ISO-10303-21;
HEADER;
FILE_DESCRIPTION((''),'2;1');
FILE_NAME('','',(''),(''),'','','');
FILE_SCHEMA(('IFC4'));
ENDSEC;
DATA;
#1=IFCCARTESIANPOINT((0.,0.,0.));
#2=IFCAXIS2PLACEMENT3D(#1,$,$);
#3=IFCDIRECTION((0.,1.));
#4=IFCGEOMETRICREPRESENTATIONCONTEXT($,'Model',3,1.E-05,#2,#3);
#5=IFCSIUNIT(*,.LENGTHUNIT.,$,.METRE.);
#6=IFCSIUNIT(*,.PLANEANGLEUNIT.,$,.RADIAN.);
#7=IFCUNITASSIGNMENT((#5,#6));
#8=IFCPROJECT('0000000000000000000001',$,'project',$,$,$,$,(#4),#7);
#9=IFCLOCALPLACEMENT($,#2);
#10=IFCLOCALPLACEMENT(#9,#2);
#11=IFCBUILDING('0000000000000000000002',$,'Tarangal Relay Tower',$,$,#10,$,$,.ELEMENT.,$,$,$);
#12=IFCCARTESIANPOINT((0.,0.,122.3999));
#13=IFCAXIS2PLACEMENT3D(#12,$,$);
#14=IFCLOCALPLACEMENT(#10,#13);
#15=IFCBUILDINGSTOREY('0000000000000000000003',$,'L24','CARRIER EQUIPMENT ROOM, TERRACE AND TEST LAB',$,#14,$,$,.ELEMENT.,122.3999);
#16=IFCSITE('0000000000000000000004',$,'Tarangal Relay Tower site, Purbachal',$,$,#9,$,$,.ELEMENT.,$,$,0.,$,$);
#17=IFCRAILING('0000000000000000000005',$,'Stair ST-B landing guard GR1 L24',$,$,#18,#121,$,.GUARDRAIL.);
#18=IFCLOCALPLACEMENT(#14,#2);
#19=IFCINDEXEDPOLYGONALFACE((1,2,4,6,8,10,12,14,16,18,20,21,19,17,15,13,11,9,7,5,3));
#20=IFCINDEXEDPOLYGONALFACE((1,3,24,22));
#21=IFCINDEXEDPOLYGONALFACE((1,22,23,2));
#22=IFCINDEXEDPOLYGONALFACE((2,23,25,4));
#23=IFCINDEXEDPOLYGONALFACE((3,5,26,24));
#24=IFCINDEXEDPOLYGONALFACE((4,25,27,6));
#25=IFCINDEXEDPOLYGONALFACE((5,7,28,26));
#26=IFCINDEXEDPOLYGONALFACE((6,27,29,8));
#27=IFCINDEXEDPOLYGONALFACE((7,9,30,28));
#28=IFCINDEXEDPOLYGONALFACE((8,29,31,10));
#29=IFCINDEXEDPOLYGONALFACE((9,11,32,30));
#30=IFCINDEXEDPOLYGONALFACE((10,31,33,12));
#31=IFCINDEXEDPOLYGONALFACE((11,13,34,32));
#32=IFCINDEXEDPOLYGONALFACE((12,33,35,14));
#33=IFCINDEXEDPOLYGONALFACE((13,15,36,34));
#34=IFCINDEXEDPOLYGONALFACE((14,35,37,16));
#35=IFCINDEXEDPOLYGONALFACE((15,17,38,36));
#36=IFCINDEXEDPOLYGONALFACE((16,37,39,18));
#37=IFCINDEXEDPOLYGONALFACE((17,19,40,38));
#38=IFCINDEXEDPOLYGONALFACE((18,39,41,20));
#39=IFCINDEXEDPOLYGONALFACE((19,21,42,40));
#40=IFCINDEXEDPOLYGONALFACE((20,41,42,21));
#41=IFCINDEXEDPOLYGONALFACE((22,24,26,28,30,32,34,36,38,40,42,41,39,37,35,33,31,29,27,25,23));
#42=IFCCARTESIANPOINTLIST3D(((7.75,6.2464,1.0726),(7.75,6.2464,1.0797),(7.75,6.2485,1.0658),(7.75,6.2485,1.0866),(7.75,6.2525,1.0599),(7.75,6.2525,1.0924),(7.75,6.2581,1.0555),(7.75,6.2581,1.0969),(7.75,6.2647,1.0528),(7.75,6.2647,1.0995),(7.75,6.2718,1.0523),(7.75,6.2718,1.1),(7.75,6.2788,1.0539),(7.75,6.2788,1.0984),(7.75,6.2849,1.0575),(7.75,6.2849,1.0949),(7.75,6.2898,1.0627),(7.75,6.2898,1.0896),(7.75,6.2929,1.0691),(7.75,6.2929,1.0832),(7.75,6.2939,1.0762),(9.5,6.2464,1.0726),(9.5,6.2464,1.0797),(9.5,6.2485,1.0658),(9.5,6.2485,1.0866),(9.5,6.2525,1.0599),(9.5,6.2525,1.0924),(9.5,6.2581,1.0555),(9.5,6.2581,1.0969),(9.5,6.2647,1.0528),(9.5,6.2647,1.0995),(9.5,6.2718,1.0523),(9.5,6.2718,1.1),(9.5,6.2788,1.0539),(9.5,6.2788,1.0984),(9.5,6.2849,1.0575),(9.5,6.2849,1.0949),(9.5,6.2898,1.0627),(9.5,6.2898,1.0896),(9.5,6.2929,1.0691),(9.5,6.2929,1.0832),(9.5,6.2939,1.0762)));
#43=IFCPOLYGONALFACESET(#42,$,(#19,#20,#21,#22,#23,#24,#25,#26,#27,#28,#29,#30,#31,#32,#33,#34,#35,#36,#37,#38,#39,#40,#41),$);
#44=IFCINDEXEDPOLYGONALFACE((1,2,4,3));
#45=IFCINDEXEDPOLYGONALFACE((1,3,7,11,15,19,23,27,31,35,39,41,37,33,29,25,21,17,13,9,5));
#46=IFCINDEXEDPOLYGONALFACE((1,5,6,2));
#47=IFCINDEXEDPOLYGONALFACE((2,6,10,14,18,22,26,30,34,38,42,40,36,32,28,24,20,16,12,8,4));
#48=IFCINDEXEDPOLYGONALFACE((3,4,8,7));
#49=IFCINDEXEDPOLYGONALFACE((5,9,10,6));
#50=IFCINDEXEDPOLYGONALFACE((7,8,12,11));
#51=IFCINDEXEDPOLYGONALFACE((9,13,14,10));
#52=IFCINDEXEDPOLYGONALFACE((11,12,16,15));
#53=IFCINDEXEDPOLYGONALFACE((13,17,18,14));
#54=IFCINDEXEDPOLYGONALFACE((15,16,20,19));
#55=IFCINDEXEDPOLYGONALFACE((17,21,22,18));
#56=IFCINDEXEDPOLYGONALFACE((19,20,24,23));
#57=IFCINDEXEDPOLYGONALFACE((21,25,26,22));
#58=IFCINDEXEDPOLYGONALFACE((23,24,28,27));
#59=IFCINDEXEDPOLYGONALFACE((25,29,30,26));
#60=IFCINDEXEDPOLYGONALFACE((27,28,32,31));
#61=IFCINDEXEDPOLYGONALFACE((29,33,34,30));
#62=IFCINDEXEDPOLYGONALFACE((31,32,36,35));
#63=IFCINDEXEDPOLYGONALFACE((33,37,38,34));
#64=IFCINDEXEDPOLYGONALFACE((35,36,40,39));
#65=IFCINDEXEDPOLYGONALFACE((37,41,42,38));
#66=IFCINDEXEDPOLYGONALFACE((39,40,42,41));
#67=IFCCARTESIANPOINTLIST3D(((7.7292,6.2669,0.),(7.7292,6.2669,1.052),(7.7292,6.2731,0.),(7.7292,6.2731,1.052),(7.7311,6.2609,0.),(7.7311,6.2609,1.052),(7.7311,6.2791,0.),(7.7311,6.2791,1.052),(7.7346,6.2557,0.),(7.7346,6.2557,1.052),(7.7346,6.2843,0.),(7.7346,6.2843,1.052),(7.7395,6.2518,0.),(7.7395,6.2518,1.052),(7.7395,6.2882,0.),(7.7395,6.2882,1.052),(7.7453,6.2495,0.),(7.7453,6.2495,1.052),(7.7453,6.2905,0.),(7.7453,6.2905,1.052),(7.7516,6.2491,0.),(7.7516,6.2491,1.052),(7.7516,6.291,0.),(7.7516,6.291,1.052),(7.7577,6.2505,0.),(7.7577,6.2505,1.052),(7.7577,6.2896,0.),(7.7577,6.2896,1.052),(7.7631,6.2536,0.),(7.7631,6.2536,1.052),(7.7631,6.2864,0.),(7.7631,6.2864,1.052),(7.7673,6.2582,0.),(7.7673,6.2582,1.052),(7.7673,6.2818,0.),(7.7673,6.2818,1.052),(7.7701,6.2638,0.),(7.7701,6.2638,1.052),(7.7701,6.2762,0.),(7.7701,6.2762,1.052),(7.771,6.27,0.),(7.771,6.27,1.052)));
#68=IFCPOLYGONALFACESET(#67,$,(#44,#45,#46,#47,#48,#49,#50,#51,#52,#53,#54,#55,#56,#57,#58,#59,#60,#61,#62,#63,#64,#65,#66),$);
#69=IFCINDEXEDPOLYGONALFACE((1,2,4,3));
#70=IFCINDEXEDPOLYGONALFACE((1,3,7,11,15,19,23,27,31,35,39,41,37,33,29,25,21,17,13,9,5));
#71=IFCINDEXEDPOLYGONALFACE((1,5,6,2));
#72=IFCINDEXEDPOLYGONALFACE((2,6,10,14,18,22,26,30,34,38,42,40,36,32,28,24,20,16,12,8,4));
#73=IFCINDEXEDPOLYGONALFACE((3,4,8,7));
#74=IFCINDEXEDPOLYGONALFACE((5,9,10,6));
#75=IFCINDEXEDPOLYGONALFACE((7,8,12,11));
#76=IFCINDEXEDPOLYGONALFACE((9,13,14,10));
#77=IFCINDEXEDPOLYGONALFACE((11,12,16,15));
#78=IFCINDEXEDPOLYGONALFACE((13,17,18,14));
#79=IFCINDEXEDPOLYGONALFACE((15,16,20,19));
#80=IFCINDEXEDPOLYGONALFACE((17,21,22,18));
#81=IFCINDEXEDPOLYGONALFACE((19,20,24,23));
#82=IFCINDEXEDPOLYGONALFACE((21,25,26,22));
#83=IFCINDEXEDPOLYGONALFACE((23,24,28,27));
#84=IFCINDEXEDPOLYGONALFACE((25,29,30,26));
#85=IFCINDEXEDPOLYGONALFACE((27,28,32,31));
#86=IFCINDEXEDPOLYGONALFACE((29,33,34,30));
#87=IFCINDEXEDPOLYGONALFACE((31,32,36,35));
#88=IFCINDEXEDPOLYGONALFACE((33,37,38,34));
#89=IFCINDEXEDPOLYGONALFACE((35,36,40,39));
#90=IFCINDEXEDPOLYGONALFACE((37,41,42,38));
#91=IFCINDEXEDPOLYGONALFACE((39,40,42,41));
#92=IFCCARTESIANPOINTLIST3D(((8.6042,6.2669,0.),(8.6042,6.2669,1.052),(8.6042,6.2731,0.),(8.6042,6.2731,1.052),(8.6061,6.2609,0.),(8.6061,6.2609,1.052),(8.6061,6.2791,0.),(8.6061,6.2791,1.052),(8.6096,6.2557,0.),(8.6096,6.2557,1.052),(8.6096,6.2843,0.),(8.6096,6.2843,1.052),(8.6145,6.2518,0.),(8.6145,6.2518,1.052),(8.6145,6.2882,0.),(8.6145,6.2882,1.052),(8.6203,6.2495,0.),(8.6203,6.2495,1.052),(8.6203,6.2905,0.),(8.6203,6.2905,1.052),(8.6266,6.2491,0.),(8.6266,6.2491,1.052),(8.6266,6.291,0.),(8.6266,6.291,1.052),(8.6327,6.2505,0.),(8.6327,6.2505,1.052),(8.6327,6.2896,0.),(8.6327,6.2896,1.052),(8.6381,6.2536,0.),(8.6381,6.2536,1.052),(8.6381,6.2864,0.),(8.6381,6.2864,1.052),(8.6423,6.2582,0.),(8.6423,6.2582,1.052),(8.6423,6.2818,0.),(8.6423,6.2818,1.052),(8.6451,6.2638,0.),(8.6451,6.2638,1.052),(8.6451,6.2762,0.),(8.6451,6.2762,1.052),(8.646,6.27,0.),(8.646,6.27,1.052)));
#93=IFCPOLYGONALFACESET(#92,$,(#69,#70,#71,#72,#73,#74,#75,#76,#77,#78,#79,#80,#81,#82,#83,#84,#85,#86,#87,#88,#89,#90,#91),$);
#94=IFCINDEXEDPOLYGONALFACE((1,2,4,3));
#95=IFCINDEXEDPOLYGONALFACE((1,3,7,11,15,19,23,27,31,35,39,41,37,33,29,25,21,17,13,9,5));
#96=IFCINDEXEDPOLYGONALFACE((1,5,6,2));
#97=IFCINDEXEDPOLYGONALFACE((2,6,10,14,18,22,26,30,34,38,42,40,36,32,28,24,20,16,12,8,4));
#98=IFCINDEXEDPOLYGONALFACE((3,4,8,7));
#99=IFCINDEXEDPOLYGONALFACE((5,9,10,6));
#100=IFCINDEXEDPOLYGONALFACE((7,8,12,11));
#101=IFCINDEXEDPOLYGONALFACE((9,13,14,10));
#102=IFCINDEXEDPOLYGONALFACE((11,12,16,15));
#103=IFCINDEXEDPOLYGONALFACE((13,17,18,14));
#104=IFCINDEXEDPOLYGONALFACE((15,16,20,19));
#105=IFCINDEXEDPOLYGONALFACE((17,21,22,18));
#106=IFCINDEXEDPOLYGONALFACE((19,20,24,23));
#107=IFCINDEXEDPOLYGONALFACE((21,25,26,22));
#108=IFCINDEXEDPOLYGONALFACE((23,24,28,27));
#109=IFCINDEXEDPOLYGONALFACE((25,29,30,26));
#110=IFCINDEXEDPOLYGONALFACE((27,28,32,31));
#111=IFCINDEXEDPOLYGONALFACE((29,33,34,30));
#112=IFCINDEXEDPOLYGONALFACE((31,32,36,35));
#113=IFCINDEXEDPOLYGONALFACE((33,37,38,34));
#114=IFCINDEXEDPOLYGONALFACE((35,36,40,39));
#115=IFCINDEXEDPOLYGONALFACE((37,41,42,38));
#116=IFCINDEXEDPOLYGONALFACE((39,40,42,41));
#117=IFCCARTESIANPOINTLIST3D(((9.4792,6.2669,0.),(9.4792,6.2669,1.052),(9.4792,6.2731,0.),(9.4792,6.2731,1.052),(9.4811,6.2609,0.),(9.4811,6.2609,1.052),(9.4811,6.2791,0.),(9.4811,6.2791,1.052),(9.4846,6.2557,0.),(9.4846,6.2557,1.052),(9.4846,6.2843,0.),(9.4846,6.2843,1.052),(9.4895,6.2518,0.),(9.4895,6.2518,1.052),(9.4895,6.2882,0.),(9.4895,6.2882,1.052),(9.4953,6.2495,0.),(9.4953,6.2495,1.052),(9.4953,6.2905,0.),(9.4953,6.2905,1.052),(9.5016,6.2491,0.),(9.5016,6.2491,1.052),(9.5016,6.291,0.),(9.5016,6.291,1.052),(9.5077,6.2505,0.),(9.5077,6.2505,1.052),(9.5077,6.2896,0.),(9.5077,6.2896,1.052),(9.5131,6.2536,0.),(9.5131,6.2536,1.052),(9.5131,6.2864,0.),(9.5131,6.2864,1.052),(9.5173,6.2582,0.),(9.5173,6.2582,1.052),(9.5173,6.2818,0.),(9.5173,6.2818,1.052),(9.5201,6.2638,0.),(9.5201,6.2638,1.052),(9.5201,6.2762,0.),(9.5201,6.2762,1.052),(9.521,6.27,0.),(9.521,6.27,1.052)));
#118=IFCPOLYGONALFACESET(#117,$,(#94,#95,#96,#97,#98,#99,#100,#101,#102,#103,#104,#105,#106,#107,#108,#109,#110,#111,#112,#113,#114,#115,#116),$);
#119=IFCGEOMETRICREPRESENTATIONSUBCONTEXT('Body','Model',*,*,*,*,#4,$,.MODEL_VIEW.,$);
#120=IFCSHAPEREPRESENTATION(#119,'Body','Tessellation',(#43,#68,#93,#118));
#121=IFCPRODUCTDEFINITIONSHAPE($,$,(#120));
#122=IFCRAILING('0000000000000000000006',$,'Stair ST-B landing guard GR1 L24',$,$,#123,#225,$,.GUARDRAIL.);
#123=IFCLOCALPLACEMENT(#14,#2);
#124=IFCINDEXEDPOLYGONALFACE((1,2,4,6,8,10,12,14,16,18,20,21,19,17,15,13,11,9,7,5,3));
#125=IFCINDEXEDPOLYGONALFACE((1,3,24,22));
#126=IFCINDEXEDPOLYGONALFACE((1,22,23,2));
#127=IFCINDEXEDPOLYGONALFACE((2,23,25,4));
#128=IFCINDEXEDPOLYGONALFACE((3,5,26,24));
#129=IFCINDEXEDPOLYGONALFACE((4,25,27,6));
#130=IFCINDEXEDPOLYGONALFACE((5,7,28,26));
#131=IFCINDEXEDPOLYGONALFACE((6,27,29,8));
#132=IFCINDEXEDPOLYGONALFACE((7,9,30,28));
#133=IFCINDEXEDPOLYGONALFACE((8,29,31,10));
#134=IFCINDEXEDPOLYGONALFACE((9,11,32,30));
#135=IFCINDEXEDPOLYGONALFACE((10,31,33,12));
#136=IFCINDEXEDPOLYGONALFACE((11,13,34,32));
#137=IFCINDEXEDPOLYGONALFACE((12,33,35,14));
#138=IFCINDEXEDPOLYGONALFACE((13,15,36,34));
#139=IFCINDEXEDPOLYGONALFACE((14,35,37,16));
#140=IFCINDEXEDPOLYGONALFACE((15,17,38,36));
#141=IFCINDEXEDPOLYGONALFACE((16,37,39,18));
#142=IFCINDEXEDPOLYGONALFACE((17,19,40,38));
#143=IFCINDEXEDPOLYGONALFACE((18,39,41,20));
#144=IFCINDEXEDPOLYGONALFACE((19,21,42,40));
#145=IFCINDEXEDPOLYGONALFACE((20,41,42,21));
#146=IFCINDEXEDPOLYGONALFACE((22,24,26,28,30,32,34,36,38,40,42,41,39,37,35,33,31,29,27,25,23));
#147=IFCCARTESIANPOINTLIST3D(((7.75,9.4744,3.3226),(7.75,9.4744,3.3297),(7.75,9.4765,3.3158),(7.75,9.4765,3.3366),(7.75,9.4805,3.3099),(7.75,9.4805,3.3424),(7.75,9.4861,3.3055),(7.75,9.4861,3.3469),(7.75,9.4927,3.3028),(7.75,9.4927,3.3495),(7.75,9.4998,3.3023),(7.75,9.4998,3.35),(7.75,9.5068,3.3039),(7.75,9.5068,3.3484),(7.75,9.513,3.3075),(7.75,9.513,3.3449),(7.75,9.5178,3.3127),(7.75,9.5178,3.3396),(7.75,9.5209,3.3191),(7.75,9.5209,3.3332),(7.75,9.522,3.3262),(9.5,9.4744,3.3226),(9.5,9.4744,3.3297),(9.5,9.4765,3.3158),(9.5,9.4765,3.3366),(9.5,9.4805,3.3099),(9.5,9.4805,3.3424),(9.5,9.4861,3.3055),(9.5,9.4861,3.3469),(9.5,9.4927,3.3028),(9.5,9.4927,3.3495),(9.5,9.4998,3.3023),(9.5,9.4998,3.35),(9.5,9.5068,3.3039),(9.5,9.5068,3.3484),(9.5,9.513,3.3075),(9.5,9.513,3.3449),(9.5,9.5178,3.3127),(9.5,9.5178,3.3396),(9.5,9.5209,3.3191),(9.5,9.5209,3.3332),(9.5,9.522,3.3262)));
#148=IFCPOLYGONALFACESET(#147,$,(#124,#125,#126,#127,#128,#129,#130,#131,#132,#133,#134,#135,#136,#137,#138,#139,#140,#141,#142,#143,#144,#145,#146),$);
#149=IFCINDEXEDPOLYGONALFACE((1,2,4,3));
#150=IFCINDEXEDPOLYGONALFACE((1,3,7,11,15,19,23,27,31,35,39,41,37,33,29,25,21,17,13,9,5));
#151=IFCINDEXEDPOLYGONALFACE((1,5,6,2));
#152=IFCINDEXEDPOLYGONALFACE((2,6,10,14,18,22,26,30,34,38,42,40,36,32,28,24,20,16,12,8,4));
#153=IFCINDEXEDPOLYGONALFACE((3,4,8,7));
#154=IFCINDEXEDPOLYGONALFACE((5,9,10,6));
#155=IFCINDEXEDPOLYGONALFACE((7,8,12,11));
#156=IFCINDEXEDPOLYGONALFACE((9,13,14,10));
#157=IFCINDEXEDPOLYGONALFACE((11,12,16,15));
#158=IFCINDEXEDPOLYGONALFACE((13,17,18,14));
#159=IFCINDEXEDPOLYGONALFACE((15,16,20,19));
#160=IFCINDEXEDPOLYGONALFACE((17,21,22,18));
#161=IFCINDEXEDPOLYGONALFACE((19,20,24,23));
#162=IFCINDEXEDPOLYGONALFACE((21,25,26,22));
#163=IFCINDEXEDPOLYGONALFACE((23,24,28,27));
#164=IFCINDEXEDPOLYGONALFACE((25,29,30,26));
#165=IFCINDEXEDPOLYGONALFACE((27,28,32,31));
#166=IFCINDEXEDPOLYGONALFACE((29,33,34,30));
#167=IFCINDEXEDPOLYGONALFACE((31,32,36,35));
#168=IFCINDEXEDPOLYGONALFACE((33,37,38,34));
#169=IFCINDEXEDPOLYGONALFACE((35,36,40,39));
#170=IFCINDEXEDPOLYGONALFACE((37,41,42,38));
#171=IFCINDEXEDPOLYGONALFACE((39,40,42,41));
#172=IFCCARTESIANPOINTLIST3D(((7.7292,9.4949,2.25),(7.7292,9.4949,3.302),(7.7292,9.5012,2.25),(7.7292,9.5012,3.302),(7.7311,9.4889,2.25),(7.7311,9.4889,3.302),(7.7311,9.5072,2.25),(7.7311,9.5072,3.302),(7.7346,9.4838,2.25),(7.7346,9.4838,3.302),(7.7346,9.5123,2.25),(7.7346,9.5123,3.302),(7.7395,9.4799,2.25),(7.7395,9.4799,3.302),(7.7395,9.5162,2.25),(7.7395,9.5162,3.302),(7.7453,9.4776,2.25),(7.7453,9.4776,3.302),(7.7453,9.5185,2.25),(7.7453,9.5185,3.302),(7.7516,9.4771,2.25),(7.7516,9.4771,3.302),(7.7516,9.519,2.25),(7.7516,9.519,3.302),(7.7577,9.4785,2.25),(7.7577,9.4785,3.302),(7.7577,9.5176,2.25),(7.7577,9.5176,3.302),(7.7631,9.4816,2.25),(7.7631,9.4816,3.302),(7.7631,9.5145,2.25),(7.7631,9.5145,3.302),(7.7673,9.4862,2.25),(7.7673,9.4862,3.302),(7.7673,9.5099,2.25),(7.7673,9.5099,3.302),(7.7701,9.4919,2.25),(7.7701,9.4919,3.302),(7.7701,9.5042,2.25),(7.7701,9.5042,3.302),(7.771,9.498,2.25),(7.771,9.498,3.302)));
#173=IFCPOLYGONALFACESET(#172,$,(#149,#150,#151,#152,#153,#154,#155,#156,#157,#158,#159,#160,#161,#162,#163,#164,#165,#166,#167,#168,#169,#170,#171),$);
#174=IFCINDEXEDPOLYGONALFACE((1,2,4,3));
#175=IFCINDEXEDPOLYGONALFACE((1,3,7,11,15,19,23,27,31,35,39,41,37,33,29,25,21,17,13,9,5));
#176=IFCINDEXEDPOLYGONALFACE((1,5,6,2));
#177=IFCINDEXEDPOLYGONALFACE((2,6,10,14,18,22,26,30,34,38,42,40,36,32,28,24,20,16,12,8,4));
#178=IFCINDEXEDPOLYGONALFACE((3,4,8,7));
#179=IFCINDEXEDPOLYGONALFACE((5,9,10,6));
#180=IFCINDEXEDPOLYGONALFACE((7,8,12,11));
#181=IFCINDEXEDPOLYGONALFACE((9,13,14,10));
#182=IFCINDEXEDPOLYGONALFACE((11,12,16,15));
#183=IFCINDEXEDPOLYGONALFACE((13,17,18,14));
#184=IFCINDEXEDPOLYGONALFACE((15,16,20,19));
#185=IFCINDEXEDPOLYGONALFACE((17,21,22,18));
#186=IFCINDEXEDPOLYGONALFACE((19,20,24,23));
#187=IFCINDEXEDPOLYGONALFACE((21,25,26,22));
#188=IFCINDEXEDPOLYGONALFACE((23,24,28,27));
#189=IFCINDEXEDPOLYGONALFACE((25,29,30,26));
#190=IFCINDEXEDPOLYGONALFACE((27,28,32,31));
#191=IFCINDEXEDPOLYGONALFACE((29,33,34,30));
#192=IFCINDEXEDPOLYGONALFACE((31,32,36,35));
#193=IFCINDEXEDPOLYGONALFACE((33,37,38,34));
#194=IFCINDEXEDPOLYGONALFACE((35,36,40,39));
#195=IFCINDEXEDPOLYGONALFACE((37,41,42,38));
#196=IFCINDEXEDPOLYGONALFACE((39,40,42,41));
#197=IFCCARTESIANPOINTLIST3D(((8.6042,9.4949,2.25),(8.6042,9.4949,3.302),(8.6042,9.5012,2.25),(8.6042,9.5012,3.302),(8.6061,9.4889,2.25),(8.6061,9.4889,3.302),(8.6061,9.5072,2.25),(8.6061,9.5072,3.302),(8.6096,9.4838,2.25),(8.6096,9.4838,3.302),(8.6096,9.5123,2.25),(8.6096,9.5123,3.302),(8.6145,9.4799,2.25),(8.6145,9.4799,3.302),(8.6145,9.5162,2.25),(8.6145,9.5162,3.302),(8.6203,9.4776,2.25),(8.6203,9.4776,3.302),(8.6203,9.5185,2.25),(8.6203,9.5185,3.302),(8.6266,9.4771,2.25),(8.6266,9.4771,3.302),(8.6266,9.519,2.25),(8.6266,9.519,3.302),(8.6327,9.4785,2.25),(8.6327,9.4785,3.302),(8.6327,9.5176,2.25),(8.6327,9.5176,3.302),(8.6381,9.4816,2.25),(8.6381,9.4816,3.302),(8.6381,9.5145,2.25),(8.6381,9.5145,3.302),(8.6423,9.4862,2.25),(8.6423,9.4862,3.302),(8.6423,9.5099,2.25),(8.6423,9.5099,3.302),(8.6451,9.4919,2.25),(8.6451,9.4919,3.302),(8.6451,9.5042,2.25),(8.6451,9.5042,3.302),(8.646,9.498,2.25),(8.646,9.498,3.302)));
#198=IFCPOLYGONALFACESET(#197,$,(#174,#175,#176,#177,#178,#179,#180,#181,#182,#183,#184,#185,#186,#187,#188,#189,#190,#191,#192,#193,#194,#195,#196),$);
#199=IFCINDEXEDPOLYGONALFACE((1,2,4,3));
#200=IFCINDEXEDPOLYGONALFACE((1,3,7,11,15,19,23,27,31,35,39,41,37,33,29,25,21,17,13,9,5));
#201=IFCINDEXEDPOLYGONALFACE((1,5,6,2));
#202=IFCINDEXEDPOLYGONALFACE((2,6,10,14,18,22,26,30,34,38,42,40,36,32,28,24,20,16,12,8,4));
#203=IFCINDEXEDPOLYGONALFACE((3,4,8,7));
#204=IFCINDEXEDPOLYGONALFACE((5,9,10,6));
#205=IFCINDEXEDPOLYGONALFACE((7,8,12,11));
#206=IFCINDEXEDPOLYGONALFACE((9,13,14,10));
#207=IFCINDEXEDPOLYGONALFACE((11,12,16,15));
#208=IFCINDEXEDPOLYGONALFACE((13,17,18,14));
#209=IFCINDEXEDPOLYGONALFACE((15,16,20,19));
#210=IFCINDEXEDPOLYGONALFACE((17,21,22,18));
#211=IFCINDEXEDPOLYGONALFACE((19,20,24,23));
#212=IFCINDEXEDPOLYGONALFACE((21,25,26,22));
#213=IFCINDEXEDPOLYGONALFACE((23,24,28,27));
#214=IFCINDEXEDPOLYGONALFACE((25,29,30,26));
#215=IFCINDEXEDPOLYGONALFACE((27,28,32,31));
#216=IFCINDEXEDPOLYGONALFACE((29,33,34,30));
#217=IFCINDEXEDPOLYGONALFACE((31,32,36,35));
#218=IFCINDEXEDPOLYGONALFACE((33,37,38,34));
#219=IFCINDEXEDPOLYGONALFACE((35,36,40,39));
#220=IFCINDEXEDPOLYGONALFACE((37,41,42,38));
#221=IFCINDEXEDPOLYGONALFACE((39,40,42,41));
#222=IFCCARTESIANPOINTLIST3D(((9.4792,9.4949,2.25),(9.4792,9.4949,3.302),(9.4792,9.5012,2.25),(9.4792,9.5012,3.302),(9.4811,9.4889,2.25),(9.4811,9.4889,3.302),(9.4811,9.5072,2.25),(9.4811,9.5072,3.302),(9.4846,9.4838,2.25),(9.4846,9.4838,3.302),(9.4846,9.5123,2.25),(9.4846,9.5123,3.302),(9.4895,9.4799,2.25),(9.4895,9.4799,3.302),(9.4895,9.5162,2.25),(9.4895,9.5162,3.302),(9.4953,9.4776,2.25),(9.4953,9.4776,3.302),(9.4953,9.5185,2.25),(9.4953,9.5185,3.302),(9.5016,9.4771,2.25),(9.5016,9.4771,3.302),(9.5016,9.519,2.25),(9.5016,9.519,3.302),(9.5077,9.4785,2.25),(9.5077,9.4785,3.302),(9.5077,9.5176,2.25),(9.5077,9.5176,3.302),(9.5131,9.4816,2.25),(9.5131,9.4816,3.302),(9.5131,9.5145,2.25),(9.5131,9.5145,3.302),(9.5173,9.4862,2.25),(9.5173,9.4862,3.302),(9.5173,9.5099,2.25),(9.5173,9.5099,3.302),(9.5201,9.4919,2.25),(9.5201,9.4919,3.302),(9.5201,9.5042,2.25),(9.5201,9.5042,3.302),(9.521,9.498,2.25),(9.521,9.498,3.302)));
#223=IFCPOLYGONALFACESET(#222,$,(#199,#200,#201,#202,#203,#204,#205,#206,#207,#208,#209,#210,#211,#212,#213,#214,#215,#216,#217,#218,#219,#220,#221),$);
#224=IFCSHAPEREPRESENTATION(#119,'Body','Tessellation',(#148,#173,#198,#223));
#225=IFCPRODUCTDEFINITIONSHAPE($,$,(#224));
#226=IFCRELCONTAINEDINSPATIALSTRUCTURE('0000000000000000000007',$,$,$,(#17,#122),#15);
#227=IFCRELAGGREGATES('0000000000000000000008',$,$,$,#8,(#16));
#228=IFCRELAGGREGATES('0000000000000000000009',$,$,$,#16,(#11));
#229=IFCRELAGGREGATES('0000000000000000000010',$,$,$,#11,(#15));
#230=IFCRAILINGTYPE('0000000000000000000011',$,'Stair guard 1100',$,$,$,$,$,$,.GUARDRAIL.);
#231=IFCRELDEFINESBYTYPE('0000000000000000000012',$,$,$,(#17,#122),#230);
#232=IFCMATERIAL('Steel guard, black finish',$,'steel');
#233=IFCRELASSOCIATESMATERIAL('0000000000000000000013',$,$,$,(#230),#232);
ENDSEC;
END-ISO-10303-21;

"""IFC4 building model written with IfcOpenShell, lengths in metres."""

from ifc_helpers import new_model, si_unit, direction, frame, origin, origin_2d, place, context, subcontext, project, spatial, circle, extrude, material, type_object, element, save


model = new_model("IFC4")

# Units and contexts
model_context = context("Model", 3, precision=1e-05, world=origin(), true_north=direction((0.0, 1.0)))
body_context = subcontext(model_context, "Body", "Model", "MODEL_VIEW")
ifc_project = project(units=[si_unit("LENGTHUNIT", "METRE"), si_unit("PLANEANGLEUNIT", "RADIAN")], contexts=[model_context])

# Site, building, storey
site_placement = place(None, origin())
site = spatial("IfcSite", under=ifc_project, at=site_placement, Name="Tarangal Relay Tower site, Purbachal", CompositionType="ELEMENT", RefElevation=0.0)
building_placement = place(site_placement, origin())
building = spatial("IfcBuilding", under=site, at=building_placement, Name="Tarangal Relay Tower", CompositionType="ELEMENT")
storey_placement = place(building_placement, frame((0.0, 0.0, 122.3999)))
storey = spatial("IfcBuildingStorey", under=building, at=storey_placement, Name="L24", Description="CARRIER EQUIPMENT ROOM, TERRACE AND TEST LAB", CompositionType="ELEMENT", Elevation=122.3999)

# Railings
ifc_material_1 = material(Name="Steel guard, black finish", Category="steel")
railing_type_1 = type_object("IfcRailingType", Name="Stair guard 1100", PredefinedType="GUARDRAIL", material=ifc_material_1)
for number, where, name in (
    (1, (7.75, 6.27, 0.0), "Stair ST-B landing guard GR1 L24"),
    (2, (7.75, 9.498, 2.25), "Stair ST-B landing guard GR1 L24"),
):
    element("IfcRailing", number, at=place(storey_placement, frame(where)), inside=storey, type_object=railing_type_1, Name=name, PredefinedType="GUARDRAIL", context=body_context, shape_type="SweptSolid", body=[
        extrude(circle(Radius=0.0239, at=origin_2d()), frame((0.0, 0.0, 1.0762), z_axis=(1.0, 0.0, 0.0), x_axis=(0.0, 1.0, 0.0)), (0.0, 0.0, 1.0), 1.75),
        extrude(circle(Radius=0.021, at=origin_2d()), origin(), (0.0, 0.0, 1.0), 1.052),
        extrude(circle(Radius=0.021, at=origin_2d()), frame((0.875, 0.0, 0.0)), (0.0, 0.0, 1.0), 1.052),
        extrude(circle(Radius=0.021, at=origin_2d()), frame((1.75, 0.0, 0.0)), (0.0, 0.0, 1.0), 1.052),
    ])

save(model, "model.ifc")
